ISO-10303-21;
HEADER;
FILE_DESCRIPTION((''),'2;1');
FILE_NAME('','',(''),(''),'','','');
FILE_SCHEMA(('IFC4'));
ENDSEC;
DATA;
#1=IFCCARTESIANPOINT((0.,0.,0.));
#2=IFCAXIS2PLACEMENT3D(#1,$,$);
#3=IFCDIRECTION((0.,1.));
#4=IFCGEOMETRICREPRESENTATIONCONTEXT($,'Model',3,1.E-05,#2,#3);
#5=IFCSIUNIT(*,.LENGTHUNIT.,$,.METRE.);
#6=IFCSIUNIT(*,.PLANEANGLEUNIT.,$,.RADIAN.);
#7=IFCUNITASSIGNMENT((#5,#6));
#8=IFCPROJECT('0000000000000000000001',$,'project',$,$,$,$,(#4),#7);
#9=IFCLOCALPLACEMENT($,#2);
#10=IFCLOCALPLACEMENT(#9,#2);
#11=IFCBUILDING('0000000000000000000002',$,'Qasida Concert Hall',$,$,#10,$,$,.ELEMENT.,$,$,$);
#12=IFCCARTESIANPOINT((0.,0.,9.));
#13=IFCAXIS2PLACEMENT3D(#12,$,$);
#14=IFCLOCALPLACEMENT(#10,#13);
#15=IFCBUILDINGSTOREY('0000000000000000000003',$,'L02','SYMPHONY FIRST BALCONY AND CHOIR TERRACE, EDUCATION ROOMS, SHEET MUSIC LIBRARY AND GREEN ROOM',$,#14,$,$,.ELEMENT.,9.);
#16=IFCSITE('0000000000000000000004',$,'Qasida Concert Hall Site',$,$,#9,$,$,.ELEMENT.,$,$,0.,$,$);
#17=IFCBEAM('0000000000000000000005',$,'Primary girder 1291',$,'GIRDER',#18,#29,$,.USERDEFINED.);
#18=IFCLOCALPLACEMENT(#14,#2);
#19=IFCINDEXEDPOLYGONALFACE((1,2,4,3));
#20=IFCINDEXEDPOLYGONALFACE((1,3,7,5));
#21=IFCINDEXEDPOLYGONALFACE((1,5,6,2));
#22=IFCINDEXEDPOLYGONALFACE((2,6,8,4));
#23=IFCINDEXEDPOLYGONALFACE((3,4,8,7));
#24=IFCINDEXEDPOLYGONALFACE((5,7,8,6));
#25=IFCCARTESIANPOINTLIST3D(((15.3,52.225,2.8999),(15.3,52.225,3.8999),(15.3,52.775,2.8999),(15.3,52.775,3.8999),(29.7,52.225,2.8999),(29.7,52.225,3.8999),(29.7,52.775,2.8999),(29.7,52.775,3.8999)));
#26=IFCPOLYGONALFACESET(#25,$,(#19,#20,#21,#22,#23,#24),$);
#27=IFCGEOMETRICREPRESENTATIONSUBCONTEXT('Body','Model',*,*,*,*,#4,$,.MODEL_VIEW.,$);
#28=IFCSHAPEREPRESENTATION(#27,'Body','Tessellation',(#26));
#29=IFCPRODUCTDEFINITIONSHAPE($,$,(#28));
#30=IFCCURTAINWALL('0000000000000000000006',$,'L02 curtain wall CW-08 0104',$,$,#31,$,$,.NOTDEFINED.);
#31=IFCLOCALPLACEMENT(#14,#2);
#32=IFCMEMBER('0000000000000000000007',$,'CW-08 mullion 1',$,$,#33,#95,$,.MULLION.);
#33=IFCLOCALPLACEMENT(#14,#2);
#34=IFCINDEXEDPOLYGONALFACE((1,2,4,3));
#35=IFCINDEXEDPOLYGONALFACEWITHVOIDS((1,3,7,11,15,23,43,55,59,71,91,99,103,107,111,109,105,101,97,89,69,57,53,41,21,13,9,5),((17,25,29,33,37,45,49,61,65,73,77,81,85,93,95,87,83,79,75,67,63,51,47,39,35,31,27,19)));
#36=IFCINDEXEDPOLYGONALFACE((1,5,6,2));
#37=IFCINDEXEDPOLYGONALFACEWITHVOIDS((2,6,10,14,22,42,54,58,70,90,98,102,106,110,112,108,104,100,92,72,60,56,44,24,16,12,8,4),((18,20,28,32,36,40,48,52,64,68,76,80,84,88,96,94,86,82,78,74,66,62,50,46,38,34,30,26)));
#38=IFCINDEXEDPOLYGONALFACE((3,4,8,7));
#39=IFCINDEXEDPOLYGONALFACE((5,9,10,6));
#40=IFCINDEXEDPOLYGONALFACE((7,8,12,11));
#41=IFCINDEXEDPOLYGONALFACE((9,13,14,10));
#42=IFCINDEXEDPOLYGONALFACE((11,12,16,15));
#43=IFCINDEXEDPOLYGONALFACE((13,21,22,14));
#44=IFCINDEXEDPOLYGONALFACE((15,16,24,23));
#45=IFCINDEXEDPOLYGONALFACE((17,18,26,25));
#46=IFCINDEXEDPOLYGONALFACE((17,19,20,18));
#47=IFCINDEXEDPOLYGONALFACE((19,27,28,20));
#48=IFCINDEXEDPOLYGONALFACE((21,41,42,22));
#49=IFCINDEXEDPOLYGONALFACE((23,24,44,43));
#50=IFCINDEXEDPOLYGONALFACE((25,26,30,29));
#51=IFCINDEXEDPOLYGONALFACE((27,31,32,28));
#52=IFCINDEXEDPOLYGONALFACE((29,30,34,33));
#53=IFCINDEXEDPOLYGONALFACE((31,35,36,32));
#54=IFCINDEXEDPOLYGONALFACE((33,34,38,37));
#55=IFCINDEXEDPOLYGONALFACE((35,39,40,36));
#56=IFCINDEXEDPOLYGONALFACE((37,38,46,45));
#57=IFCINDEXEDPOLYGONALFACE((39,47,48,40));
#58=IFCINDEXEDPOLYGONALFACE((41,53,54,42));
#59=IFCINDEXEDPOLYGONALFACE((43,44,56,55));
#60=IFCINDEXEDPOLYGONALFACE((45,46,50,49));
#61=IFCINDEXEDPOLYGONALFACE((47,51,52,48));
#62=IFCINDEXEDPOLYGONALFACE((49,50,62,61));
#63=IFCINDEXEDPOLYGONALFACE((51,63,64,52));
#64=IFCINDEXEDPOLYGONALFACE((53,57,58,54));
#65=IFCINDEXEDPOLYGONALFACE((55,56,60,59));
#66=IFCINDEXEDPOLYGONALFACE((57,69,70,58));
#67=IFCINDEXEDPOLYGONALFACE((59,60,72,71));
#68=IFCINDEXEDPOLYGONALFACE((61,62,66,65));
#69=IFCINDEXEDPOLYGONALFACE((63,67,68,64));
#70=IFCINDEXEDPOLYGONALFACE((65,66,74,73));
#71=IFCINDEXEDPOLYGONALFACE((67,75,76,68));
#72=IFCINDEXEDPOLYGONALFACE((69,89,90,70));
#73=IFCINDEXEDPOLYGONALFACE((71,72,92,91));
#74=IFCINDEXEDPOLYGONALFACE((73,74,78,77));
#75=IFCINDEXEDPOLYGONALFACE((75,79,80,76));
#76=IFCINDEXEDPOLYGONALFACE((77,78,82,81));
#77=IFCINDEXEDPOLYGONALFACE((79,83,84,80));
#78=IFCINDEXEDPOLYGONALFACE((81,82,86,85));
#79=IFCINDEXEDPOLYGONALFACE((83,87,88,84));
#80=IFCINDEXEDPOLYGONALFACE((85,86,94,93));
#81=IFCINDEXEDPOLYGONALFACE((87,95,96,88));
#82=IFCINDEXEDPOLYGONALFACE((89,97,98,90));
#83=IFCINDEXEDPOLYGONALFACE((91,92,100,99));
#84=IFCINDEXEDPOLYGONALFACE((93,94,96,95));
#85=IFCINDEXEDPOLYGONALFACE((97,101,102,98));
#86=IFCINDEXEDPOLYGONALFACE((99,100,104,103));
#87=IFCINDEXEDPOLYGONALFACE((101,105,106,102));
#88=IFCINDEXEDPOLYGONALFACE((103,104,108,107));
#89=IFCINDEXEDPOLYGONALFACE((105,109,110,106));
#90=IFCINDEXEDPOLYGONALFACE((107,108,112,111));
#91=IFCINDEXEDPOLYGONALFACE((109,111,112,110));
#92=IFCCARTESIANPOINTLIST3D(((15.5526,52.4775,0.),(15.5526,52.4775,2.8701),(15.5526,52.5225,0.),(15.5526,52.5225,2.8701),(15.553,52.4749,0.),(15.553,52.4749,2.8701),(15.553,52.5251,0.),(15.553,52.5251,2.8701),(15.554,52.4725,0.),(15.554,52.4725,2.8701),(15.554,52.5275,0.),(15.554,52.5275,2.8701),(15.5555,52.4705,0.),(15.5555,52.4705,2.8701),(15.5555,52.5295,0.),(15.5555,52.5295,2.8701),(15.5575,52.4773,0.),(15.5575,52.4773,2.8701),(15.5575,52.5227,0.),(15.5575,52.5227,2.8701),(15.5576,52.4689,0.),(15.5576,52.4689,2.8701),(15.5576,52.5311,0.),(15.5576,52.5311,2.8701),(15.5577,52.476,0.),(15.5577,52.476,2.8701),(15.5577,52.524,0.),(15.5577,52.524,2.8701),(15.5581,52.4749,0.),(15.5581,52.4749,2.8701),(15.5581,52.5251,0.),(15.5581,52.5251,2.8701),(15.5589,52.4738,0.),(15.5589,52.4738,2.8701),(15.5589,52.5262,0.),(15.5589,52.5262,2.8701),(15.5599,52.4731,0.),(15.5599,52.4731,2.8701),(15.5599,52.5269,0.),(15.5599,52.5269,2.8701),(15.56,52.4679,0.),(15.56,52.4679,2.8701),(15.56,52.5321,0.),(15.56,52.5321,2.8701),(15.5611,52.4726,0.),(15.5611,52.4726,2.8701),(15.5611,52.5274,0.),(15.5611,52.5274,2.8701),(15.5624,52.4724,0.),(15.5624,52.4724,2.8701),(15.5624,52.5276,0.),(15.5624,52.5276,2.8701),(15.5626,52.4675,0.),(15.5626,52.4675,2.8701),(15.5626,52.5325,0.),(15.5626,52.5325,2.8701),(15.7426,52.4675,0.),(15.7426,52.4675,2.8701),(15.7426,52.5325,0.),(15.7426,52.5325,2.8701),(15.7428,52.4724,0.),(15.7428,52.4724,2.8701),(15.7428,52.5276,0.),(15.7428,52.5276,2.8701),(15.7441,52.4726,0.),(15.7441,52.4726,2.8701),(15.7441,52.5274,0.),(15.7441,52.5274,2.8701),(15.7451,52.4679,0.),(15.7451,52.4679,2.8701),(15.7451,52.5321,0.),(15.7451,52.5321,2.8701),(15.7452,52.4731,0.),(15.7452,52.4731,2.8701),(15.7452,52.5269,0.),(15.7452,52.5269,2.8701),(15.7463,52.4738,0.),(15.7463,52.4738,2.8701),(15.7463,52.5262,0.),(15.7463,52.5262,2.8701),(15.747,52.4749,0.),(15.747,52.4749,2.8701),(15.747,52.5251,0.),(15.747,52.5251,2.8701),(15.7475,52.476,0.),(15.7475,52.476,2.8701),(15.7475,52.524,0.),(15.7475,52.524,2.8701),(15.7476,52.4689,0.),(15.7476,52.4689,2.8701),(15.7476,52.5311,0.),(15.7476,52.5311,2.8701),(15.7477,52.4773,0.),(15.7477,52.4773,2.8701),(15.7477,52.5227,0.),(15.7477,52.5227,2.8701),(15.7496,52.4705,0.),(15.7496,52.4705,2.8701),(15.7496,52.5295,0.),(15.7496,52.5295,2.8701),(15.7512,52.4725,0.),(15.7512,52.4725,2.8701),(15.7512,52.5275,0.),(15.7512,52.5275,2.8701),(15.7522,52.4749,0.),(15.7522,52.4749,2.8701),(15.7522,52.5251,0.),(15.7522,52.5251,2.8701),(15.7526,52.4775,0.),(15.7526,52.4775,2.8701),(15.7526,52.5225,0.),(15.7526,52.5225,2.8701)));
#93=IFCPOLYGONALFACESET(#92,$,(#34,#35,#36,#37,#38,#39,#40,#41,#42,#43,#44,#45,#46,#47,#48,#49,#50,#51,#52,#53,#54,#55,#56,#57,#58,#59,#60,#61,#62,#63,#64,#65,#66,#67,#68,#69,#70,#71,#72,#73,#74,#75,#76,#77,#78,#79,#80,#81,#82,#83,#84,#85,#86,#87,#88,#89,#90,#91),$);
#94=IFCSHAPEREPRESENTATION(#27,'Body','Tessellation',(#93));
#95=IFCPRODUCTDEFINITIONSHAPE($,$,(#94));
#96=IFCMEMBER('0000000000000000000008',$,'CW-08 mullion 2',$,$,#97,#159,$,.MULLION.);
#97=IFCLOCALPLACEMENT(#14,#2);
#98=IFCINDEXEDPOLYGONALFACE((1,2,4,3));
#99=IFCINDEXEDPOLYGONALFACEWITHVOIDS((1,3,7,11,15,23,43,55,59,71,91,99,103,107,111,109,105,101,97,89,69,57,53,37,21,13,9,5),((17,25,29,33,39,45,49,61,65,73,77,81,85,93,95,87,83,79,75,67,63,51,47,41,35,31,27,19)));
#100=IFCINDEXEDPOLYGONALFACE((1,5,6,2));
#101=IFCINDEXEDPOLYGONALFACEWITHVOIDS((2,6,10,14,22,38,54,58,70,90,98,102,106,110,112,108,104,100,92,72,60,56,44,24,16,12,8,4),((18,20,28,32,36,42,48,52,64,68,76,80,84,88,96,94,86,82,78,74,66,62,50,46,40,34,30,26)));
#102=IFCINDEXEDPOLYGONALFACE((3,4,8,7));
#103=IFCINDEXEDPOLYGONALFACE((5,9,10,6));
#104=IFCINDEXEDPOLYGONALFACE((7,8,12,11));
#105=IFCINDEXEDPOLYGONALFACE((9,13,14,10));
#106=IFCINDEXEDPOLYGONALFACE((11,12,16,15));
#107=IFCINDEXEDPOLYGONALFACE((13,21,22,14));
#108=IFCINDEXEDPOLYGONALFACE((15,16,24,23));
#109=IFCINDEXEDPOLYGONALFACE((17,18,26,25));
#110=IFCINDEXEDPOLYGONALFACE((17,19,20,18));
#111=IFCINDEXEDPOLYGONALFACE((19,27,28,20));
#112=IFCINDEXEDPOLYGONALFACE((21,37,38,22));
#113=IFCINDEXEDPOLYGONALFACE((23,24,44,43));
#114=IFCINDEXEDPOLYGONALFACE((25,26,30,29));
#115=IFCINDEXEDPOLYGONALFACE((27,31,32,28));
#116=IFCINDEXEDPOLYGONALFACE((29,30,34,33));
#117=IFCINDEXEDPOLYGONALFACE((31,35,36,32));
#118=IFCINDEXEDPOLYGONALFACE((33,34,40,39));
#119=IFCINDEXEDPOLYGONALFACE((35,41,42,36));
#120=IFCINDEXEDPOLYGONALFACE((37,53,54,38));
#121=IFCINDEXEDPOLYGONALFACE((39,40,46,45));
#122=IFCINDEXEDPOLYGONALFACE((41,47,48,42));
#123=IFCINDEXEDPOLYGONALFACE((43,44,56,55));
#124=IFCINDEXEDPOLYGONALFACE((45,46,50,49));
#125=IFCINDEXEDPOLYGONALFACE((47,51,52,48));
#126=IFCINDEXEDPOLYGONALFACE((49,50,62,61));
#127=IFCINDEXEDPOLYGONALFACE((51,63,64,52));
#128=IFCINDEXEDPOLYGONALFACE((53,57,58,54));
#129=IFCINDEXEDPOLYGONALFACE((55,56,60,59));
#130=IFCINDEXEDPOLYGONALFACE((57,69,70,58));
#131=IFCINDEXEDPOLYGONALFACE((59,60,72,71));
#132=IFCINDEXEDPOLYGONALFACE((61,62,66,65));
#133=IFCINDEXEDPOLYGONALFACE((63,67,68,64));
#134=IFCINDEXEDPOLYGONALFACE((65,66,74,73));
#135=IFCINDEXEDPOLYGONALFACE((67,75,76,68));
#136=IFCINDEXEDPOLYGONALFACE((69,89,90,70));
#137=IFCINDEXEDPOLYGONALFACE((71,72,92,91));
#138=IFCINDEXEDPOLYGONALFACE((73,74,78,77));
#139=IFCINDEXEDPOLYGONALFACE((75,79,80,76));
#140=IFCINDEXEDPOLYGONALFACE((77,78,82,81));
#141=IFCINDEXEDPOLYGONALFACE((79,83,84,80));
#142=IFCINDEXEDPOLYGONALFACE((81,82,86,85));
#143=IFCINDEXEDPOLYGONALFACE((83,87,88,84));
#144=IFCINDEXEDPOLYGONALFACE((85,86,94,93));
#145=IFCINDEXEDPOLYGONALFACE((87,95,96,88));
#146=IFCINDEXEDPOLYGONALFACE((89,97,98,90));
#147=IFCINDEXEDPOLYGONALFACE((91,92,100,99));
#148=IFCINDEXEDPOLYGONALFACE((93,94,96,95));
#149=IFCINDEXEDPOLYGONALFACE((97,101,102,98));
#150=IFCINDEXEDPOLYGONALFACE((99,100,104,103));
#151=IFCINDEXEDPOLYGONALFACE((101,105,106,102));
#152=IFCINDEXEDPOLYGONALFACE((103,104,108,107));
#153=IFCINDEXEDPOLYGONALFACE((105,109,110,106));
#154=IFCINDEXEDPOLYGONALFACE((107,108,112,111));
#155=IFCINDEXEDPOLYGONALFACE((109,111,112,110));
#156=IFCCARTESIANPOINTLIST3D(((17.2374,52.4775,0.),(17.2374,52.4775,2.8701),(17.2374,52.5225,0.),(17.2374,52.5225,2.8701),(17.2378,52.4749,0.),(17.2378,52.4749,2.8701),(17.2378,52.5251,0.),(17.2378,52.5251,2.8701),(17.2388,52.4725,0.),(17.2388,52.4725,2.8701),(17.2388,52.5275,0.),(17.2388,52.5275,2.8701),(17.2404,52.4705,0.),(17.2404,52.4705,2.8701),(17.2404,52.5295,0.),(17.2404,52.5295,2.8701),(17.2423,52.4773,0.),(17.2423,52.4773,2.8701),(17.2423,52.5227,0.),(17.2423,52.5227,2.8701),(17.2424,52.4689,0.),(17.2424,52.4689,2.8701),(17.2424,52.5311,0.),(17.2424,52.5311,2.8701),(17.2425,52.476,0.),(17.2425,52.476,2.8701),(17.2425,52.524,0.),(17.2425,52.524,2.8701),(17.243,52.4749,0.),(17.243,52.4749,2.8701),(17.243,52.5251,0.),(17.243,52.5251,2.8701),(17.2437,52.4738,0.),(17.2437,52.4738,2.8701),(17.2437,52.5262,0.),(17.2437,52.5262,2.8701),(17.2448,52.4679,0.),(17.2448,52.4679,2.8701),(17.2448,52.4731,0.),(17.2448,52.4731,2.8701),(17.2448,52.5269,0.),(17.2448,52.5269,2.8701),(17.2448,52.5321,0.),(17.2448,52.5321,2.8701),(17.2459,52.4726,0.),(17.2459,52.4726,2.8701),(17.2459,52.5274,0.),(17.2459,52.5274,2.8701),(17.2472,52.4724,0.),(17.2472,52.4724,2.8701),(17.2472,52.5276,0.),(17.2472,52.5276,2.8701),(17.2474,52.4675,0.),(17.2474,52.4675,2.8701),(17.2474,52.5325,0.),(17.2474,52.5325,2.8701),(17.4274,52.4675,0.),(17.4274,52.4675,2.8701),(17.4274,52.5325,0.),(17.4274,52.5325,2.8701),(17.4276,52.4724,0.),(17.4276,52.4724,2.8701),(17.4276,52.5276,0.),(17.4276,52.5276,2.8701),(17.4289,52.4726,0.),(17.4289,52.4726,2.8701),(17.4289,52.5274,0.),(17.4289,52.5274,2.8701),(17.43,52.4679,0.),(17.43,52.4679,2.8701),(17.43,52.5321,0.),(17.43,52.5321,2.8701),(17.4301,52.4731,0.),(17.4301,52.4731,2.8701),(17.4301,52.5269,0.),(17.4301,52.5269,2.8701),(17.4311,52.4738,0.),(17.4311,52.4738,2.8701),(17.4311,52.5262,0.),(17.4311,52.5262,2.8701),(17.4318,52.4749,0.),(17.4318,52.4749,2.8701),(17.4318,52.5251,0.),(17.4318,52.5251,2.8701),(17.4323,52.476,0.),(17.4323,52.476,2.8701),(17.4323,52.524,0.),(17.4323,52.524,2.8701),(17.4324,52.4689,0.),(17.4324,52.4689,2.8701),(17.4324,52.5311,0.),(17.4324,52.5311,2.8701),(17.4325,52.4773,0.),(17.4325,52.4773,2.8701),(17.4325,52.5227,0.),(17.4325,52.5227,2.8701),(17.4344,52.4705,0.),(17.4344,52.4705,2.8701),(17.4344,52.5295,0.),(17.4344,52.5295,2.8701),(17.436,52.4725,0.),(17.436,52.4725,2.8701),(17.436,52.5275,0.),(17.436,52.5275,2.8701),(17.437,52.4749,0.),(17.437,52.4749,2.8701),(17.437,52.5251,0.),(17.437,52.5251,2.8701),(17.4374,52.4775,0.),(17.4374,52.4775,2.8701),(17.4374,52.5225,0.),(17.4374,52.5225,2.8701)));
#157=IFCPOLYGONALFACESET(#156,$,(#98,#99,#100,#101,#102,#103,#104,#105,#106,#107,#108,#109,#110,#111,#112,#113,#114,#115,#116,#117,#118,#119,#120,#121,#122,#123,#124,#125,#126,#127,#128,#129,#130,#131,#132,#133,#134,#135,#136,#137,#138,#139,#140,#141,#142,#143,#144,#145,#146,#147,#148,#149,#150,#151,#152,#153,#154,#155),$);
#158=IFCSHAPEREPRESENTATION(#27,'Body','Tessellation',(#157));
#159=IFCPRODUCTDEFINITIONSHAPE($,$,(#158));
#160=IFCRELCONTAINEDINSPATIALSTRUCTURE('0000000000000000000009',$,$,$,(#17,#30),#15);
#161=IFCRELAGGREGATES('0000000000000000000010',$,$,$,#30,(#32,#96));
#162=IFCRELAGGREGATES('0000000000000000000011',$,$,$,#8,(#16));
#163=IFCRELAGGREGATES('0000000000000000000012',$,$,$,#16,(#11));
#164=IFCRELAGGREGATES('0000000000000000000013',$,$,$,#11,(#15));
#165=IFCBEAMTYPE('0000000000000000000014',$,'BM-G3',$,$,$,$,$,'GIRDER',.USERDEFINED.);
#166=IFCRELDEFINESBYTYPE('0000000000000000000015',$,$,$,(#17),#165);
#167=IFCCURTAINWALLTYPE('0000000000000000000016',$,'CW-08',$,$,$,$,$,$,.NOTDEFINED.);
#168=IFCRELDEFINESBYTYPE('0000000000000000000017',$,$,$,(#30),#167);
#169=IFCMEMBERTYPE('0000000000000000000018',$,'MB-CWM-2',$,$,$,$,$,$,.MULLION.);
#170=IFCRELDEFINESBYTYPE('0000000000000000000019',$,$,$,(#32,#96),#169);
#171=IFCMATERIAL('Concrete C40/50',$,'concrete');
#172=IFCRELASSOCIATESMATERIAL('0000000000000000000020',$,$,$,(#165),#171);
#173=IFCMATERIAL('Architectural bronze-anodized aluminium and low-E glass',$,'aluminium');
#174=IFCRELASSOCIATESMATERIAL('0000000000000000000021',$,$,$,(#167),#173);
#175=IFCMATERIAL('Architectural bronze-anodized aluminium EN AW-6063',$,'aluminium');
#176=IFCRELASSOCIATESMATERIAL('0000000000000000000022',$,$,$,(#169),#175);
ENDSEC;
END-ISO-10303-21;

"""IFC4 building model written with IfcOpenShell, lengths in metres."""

from ifc_helpers import new_model, si_unit, direction, frame, origin, origin_2d, place, context, subcontext, project, spatial, rectangle, hollow_rectangle, extrude, material, material_profile, profile_set, type_object, element, aggregate, save


model = new_model("IFC4")

# Units and contexts
model_context = context("Model", 3, precision=1e-05, world=origin(), true_north=direction((0.0, 1.0)))
body_context = subcontext(model_context, "Body", "Model", "MODEL_VIEW")
ifc_project = project(units=[si_unit("LENGTHUNIT", "METRE"), si_unit("PLANEANGLEUNIT", "RADIAN")], contexts=[model_context])

# Site, building, storey
site_placement = place(None, origin())
site = spatial("IfcSite", under=ifc_project, at=site_placement, Name="Qasida Concert Hall Site", CompositionType="ELEMENT", RefElevation=0.0)
building_placement = place(site_placement, origin())
building = spatial("IfcBuilding", under=site, at=building_placement, Name="Qasida Concert Hall", CompositionType="ELEMENT")
storey_placement = place(building_placement, frame((0.0, 0.0, 9.0)))
storey = spatial("IfcBuildingStorey", under=building, at=storey_placement, Name="L02", Description="SYMPHONY FIRST BALCONY AND CHOIR TERRACE, EDUCATION ROOMS, SHEET MUSIC LIBRARY AND GREEN ROOM", CompositionType="ELEMENT", Elevation=9.0)

# Beam
ifc_material_1 = material(Name="Concrete C40/50", Category="concrete")
ifc_material_profile_1 = material_profile(ifc_material_1, rectangle(XDim=0.55, YDim=1.0, at=origin_2d()), Name="RC 550x1000")
ifc_profile_set_1 = profile_set([ifc_material_profile_1], Name="Concrete C40/50")
beam_type = type_object("IfcBeamType", Name="BM-G3", ElementType="GIRDER", PredefinedType="USERDEFINED", material=ifc_profile_set_1)
beam_placement = place(storey_placement, frame((15.3, 52.5, 3.3999), z_axis=(1.0, 0.0, 0.0), x_axis=(0.0, 1.0, 0.0)))
element("IfcBeam", 1, at=beam_placement, inside=storey, type_object=beam_type, Name="Primary girder 1291", ObjectType="GIRDER", PredefinedType="USERDEFINED", context=body_context, shape_type="SweptSolid", body=[
    extrude(rectangle(XDim=0.55, YDim=1.0, at=origin_2d()), origin(), (0.0, 0.0, 1.0), 14.3999),
])

# Curtain wall, members
ifc_material_2 = material(Name="Architectural bronze-anodized aluminium and low-E glass", Category="aluminium")
curtain_wall_type = type_object("IfcCurtainWallType", Name="CW-08", PredefinedType="NOTDEFINED", material=ifc_material_2)
curtain_wall_placement = place(storey_placement, origin())
curtain_wall = element("IfcCurtainWall", 2, at=curtain_wall_placement, inside=storey, type_object=curtain_wall_type, Name="L02 curtain wall CW-08 0104", PredefinedType="NOTDEFINED")
ifc_material_3 = material(Name="Architectural bronze-anodized aluminium EN AW-6063", Category="aluminium")
ifc_material_profile_2 = material_profile(ifc_material_3, hollow_rectangle(XDim=0.0649, YDim=0.2, WallThickness=0.0049, InnerFilletRadius=0.0049, OuterFilletRadius=0.01, at=origin_2d()), Name="CWM 200x65x5")
ifc_profile_set_2 = profile_set([ifc_material_profile_2], Name="Architectural bronze-anodized aluminium EN AW-6063")
member_type_1 = type_object("IfcMemberType", Name="MB-CWM-2", PredefinedType="MULLION", material=ifc_profile_set_2)
member_1_placement = place(storey_placement, frame((15.6526, 52.5, 0.0), z_axis=(0.0, 0.0, 1.0), x_axis=(0.0, 1.0, 0.0)))
member_1 = element("IfcMember", 3, at=member_1_placement, type_object=member_type_1, Name="CW-08 mullion 1", PredefinedType="MULLION", context=body_context, shape_type="SweptSolid", body=[
    extrude(hollow_rectangle(XDim=0.0649, YDim=0.2, WallThickness=0.0049, InnerFilletRadius=0.0049, OuterFilletRadius=0.01, at=origin_2d()), origin(), (0.0, 0.0, 1.0), 2.8701),
])
member_2_placement = place(storey_placement, frame((17.3374, 52.5, 0.0), z_axis=(0.0, 0.0, 1.0), x_axis=(0.0, 1.0, 0.0)))
member_2 = element("IfcMember", 4, at=member_2_placement, type_object=member_type_1, Name="CW-08 mullion 2", PredefinedType="MULLION", context=body_context, shape_type="SweptSolid", body=[
    extrude(hollow_rectangle(XDim=0.0649, YDim=0.2, WallThickness=0.0049, InnerFilletRadius=0.0049, OuterFilletRadius=0.01, at=origin_2d()), origin(), (0.0, 0.0, 1.0), 2.8701),
])
aggregate(curtain_wall, [member_1, member_2])

save(model, "model.ifc")
